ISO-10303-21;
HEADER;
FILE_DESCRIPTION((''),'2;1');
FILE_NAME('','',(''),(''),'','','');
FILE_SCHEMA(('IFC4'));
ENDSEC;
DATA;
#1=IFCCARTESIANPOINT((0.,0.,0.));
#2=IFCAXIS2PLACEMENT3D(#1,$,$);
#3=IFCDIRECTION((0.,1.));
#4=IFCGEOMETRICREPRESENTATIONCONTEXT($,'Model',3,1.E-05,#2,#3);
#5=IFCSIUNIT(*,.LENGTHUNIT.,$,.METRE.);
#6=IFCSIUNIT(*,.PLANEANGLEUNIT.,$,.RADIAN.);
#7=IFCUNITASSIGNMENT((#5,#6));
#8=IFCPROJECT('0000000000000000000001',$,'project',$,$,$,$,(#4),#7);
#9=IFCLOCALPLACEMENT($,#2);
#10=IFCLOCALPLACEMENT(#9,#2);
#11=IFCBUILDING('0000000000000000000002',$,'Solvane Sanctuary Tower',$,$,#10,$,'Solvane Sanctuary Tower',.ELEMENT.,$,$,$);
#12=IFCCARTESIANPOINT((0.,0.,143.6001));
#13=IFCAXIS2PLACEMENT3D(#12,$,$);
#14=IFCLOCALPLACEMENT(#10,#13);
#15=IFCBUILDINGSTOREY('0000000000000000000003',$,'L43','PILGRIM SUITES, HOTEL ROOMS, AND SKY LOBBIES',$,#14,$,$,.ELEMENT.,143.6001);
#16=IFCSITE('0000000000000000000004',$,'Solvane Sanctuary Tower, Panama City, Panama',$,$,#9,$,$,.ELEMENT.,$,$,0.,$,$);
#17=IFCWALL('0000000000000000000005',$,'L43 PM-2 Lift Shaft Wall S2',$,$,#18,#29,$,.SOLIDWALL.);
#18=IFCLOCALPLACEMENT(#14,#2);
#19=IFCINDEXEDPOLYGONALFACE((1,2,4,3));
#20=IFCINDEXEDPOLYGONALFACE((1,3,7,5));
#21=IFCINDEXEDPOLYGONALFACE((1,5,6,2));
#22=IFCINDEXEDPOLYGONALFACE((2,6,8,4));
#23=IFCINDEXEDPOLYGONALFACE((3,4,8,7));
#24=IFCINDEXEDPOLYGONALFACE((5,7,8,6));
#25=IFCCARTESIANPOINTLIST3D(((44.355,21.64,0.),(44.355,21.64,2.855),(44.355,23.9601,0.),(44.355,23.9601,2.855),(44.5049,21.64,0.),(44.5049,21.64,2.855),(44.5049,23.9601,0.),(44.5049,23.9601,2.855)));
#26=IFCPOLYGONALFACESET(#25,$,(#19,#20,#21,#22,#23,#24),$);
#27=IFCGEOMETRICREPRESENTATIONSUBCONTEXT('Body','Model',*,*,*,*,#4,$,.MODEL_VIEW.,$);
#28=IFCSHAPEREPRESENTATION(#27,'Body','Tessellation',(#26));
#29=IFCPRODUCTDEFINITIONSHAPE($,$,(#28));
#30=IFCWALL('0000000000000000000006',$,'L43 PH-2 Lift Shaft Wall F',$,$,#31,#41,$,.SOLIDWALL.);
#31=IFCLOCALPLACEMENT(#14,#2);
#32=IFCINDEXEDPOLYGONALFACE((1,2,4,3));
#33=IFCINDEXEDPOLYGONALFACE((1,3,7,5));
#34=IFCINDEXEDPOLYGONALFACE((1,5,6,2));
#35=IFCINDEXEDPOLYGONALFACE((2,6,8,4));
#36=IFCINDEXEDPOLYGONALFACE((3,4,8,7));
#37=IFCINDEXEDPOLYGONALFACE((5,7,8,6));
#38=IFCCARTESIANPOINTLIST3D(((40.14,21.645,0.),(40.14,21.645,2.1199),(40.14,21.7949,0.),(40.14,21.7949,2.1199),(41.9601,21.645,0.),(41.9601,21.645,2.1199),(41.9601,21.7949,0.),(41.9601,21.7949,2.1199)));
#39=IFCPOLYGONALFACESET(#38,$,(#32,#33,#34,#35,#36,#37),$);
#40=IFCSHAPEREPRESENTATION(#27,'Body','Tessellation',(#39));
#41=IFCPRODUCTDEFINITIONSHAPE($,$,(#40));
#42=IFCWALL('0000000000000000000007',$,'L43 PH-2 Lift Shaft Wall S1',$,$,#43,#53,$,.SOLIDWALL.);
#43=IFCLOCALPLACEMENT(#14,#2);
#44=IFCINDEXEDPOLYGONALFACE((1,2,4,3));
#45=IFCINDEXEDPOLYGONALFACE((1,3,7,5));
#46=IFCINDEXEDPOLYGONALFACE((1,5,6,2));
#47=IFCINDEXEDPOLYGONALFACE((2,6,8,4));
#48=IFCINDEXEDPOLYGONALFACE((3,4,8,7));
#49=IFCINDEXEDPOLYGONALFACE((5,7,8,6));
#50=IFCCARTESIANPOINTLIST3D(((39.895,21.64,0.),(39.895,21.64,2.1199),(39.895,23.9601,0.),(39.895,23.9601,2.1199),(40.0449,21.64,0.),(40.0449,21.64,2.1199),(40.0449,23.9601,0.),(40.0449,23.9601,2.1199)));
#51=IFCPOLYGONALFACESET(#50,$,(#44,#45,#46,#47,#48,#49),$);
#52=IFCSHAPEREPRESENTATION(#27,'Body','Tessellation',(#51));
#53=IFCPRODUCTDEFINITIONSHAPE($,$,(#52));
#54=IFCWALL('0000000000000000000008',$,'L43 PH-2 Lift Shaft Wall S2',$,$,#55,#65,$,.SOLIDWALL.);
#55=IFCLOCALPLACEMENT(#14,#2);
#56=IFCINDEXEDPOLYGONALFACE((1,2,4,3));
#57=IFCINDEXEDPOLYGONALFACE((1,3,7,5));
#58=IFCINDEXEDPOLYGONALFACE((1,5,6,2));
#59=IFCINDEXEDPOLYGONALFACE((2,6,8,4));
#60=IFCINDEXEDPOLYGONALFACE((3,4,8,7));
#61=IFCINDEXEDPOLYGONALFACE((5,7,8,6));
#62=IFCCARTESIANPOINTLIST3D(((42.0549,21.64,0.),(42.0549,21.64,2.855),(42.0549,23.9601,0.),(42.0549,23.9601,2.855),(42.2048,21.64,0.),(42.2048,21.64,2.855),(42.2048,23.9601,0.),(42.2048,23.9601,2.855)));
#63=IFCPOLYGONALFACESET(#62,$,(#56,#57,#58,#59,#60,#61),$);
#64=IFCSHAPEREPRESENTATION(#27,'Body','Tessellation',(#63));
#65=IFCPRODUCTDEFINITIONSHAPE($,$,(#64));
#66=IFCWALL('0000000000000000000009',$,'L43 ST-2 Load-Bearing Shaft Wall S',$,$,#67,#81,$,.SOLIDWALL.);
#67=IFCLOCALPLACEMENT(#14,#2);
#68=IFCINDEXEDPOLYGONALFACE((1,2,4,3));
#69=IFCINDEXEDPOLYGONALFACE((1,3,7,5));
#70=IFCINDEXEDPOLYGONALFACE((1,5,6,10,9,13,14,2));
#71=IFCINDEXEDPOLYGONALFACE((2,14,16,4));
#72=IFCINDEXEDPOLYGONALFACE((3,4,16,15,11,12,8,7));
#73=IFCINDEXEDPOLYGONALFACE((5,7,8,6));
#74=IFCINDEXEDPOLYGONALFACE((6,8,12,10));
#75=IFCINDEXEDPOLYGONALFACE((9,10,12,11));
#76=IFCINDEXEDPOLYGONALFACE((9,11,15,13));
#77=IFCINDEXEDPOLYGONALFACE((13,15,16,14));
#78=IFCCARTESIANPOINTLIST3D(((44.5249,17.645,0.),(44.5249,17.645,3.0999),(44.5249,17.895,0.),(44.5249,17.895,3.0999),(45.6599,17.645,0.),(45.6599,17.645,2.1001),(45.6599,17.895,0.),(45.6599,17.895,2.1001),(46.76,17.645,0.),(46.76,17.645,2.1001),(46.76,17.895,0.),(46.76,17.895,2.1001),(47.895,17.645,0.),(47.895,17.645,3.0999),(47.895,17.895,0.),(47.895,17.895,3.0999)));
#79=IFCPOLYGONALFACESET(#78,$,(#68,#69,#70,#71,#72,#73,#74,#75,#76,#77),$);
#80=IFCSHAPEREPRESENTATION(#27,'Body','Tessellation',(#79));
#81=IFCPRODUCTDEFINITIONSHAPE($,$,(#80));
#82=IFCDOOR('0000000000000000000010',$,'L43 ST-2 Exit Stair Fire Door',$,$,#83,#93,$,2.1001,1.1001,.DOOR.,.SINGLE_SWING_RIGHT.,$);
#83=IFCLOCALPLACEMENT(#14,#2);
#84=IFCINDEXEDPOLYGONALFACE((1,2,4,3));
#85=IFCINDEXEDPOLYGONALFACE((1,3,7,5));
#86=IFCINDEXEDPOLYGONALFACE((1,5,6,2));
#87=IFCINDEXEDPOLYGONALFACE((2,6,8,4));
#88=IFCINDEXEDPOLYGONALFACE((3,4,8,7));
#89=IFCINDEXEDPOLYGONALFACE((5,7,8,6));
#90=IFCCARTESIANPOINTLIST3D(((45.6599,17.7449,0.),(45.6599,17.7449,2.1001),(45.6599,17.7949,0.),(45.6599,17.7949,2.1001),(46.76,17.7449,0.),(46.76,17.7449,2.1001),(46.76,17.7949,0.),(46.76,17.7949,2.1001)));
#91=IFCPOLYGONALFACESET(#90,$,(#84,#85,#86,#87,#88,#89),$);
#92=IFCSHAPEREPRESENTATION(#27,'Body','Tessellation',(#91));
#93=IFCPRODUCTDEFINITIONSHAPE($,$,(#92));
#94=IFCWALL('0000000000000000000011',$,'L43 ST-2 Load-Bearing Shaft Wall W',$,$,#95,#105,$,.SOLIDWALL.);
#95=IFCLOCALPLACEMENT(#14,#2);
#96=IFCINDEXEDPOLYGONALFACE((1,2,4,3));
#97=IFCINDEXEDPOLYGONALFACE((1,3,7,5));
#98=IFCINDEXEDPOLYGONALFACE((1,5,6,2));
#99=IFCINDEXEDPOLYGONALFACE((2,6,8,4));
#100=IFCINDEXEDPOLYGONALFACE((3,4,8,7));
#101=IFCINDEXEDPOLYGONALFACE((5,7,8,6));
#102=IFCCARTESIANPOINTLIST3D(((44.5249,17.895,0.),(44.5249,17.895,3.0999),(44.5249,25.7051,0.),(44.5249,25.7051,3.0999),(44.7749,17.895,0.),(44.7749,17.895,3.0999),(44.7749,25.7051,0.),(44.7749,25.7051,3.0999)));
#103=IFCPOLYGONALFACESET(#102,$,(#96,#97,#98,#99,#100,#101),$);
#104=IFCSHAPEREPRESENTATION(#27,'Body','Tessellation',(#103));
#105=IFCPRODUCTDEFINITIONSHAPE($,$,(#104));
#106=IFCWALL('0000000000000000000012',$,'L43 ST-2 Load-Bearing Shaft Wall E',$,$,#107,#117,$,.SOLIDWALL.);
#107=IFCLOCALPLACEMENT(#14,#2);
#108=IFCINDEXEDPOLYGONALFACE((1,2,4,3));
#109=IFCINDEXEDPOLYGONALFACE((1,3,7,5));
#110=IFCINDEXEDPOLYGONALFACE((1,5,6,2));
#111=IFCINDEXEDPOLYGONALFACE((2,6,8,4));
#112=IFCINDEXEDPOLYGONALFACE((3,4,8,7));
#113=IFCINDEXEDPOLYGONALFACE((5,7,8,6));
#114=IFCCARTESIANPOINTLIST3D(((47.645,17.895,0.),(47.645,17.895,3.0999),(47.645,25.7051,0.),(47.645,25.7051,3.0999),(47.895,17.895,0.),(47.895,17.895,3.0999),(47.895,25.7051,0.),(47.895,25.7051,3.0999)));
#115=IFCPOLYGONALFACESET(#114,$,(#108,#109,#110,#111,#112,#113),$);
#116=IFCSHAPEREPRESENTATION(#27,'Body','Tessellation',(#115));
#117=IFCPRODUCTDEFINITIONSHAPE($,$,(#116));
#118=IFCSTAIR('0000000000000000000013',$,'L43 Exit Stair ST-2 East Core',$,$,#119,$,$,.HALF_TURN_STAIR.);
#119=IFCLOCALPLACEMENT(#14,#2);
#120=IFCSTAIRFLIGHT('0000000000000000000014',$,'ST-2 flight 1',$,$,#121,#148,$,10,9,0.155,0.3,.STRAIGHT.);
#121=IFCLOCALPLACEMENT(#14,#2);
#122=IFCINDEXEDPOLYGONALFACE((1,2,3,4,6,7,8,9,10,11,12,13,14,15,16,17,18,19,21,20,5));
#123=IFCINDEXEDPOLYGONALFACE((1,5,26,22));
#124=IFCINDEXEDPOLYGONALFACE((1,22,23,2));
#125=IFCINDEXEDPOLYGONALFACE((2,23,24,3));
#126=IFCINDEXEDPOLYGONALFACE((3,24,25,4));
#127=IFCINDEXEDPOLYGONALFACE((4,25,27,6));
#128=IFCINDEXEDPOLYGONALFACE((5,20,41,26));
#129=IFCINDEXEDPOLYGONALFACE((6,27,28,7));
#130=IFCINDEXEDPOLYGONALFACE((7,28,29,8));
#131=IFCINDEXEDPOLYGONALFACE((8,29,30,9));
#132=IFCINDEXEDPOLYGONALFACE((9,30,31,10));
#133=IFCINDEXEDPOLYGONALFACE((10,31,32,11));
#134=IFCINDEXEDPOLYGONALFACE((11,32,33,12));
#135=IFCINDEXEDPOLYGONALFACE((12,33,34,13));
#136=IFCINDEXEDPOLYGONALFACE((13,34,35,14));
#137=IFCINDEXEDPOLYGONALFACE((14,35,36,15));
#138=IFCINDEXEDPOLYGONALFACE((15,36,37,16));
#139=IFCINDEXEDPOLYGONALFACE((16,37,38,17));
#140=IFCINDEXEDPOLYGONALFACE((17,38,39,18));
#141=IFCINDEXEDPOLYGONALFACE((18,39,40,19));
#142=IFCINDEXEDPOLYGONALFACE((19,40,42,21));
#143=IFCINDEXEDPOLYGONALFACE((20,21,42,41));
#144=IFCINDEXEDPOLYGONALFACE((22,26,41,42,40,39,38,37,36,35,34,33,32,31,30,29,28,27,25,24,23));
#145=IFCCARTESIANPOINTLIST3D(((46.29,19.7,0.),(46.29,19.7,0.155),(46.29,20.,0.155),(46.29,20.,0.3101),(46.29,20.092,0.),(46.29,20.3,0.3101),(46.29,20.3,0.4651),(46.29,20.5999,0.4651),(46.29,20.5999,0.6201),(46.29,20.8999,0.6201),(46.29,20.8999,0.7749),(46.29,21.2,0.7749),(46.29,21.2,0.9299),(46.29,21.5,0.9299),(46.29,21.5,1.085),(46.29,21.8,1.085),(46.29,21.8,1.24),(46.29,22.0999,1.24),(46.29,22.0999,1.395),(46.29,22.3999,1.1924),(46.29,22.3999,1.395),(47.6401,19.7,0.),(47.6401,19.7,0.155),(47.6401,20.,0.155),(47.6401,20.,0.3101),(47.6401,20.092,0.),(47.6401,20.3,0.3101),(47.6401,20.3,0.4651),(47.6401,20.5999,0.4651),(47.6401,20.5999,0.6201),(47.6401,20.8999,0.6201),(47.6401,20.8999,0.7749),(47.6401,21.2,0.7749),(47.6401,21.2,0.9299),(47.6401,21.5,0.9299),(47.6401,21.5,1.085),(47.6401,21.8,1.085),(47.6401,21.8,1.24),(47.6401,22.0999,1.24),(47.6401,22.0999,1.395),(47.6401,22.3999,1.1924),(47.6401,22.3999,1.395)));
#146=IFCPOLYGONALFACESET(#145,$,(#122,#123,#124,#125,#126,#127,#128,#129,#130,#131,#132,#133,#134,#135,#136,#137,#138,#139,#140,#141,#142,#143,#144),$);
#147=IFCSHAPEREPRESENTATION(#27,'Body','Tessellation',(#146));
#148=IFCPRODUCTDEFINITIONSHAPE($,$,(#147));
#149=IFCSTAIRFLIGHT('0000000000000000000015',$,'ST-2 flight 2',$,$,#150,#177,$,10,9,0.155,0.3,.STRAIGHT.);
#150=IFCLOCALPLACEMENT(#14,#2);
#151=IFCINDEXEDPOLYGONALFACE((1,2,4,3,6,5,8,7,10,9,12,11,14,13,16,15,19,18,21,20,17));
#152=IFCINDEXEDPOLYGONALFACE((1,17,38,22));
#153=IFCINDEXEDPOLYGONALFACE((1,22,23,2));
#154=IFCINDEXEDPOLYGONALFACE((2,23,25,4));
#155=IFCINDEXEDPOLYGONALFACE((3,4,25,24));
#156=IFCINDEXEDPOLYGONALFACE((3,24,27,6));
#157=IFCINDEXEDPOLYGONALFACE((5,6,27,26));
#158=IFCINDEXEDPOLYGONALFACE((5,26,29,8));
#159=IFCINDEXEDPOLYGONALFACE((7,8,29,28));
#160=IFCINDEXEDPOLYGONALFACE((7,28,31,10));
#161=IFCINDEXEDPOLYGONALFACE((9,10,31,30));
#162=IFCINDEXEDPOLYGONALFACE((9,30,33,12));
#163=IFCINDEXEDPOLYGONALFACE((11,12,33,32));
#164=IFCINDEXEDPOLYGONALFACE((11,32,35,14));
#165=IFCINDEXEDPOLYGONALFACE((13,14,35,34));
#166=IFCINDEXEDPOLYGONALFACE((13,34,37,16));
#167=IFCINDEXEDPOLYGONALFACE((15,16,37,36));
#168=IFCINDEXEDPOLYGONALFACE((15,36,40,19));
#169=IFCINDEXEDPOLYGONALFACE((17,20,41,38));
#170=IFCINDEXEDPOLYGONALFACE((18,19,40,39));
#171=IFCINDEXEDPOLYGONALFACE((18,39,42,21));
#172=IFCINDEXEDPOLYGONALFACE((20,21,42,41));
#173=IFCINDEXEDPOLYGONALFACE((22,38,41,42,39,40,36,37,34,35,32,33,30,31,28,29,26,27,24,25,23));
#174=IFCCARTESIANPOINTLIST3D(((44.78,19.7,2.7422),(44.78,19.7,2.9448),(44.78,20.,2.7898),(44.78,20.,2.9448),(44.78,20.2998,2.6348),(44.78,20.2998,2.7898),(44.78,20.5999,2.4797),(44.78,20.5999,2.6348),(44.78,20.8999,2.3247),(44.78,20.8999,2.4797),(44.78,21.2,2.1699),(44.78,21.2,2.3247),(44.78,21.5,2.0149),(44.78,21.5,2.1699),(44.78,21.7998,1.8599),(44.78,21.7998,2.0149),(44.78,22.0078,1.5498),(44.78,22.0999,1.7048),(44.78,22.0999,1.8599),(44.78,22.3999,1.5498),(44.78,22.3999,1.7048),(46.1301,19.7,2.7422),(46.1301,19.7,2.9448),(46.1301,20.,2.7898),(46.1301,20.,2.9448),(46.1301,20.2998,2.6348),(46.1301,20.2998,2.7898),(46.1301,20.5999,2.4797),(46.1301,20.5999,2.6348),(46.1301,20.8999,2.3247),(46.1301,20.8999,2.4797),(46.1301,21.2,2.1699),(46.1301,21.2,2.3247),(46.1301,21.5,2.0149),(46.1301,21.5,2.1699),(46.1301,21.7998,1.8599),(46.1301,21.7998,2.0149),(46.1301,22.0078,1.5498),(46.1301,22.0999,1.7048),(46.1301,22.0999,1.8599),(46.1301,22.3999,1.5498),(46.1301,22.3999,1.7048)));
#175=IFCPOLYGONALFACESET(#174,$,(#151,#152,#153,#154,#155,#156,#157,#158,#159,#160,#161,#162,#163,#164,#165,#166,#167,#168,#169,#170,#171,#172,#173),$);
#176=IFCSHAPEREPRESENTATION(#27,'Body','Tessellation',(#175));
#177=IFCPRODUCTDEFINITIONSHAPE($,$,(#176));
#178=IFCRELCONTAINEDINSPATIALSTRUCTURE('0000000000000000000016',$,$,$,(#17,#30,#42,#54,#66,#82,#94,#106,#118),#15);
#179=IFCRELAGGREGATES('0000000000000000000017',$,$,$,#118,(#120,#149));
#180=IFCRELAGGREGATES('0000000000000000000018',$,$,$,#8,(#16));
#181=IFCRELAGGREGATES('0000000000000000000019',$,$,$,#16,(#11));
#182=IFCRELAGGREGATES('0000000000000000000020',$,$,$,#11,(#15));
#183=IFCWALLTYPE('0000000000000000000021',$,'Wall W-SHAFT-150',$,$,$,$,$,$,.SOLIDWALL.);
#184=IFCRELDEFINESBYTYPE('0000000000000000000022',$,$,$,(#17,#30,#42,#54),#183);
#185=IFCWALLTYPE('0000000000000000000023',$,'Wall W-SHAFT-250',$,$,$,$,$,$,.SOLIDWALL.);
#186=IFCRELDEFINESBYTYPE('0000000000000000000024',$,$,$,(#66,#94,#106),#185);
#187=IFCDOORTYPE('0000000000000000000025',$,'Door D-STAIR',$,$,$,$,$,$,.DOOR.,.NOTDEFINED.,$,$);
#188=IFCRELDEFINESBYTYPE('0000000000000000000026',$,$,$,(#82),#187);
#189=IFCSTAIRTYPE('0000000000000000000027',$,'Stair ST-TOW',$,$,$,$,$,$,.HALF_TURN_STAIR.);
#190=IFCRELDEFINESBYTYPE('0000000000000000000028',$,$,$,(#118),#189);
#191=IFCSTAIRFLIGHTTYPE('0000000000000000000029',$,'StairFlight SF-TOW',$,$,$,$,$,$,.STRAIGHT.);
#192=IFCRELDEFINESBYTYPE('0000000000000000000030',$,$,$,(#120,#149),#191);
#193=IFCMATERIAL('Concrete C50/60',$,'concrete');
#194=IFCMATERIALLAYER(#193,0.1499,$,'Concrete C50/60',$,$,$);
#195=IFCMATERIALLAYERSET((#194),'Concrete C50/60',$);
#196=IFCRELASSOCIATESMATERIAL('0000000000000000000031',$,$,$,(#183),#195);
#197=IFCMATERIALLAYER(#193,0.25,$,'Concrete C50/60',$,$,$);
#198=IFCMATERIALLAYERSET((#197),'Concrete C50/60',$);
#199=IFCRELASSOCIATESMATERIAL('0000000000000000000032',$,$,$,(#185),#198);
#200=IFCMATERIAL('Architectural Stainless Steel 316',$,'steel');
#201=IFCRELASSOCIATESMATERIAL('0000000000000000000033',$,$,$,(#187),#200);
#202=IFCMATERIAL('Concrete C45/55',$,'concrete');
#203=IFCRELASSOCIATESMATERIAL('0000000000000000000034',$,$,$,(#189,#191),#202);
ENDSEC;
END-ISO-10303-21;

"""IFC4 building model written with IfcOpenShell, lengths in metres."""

from ifc_helpers import new_model, si_unit, direction, frame, frame_2d, origin, place, context, subcontext, project, spatial, polyline, rectangle, outline, extrude, material, layer, layer_set, type_object, element, fill, aggregate, save


model = new_model("IFC4")

# Units and contexts
model_context = context("Model", 3, precision=1e-05, world=origin(), true_north=direction((0.0, 1.0)))
body_context = subcontext(model_context, "Body", "Model", "MODEL_VIEW")
ifc_project = project(units=[si_unit("LENGTHUNIT", "METRE"), si_unit("PLANEANGLEUNIT", "RADIAN")], contexts=[model_context])

# Site, building, storey
site_placement = place(None, origin())
site = spatial("IfcSite", under=ifc_project, at=site_placement, Name="Solvane Sanctuary Tower, Panama City, Panama", CompositionType="ELEMENT", RefElevation=0.0)
building_placement = place(site_placement, origin())
building = spatial("IfcBuilding", under=site, at=building_placement, Name="Solvane Sanctuary Tower", LongName="Solvane Sanctuary Tower", CompositionType="ELEMENT")
storey_placement = place(building_placement, frame((0.0, 0.0, 143.6001)))
storey = spatial("IfcBuildingStorey", under=building, at=storey_placement, Name="L43", Description="PILGRIM SUITES, HOTEL ROOMS, AND SKY LOBBIES", CompositionType="ELEMENT", Elevation=143.6001)

# Shared definitions
ifc_material_1 = material(Name="Architectural Stainless Steel 316", Category="steel")
ifc_material_2 = material(Name="Concrete C50/60", Category="concrete")
ifc_layer_1 = layer(ifc_material_2, 0.1499, Name="Concrete C50/60")
ifc_layer_set_1 = layer_set([ifc_layer_1], Name="Concrete C50/60")
wall_type_1 = type_object("IfcWallType", Name="Wall W-SHAFT-150", PredefinedType="SOLIDWALL", material=ifc_layer_set_1)

# Walls
for number, where, z_axis, x_axis, name in (
    (1, (44.4299, 21.6399, 0.0), (0.0, 0.0, 1.0), (0.0, 1.0, 0.0), "L43 PM-2 Lift Shaft Wall S2"),
):
    element("IfcWall", number, at=place(storey_placement, frame(where, z_axis=z_axis, x_axis=x_axis)), inside=storey, type_object=wall_type_1, Name=name, PredefinedType="SOLIDWALL", context=body_context, shape_type="SweptSolid", body=[
        extrude(rectangle(XDim=2.3201, YDim=0.1499, at=frame_2d((1.1602, 0.0))), origin(), (0.0, 0.0, 1.0), 2.855),
    ])
wall_1_placement = place(storey_placement, frame((40.1399, 21.72, 0.0), z_axis=(0.0, 0.0, 1.0), x_axis=(1.0, 0.0, 0.0)))
element("IfcWall", 2, at=wall_1_placement, inside=storey, type_object=wall_type_1, Name="L43 PH-2 Lift Shaft Wall F", PredefinedType="SOLIDWALL", context=body_context, shape_type="SweptSolid", body=[
    extrude(rectangle(XDim=1.8201, YDim=0.1499, at=frame_2d((0.9102, 0.0))), origin(), (0.0, 0.0, 1.0), 2.1199),
])
wall_2_placement = place(storey_placement, frame((39.97, 21.6399, 0.0), z_axis=(0.0, 0.0, 1.0), x_axis=(0.0, 1.0, 0.0)))
element("IfcWall", 3, at=wall_2_placement, inside=storey, type_object=wall_type_1, Name="L43 PH-2 Lift Shaft Wall S1", PredefinedType="SOLIDWALL", context=body_context, shape_type="SweptSolid", body=[
    extrude(rectangle(XDim=2.3201, YDim=0.1499, at=frame_2d((1.1602, 0.0))), origin(), (0.0, 0.0, 1.0), 2.1199),
])
wall_3_placement = place(storey_placement, frame((42.1299, 21.6399, 0.0), z_axis=(0.0, 0.0, 1.0), x_axis=(0.0, 1.0, 0.0)))
element("IfcWall", 4, at=wall_3_placement, inside=storey, type_object=wall_type_1, Name="L43 PH-2 Lift Shaft Wall S2", PredefinedType="SOLIDWALL", context=body_context, shape_type="SweptSolid", body=[
    extrude(rectangle(XDim=2.3201, YDim=0.1499, at=frame_2d((1.1602, 0.0))), origin(), (0.0, 0.0, 1.0), 2.855),
])

# Wall, opening, door
ifc_layer_2 = layer(ifc_material_2, 0.25, Name="Concrete C50/60")
ifc_layer_set_2 = layer_set([ifc_layer_2], Name="Concrete C50/60")
wall_type_2 = type_object("IfcWallType", Name="Wall W-SHAFT-250", PredefinedType="SOLIDWALL", material=ifc_layer_set_2)
wall_4_placement = place(storey_placement, frame((44.5249, 17.77, 0.0), z_axis=(0.0, 0.0, 1.0), x_axis=(1.0, 0.0, 0.0)))
wall_4 = element("IfcWall", 5, at=wall_4_placement, inside=storey, type_object=wall_type_2, Name="L43 ST-2 Load-Bearing Shaft Wall S", PredefinedType="SOLIDWALL", context=body_context, shape_type="SweptSolid", body=[
    extrude(rectangle(XDim=3.3701, YDim=0.25, at=frame_2d((1.6851, 0.0))), origin(), (0.0, 0.0, 1.0), 3.0999),
])
opening_1_placement = place(wall_4_placement, frame((1.135, 0.0, 0.0)))
opening_1 = element("IfcOpeningElement", 6, at=opening_1_placement, cuts=wall_4, PredefinedType="OPENING", context=body_context, shape_type="SweptSolid", body=[
    extrude(rectangle(XDim=1.1001, YDim=2.1001, at=frame_2d((0.55, 1.05))), frame((0.0, 0.135, 0.0), z_axis=(0.0, -1.0, 0.0), x_axis=(1.0, 0.0, 0.0)), (0.0, 0.0, 1.0), 0.27),
])
door_type_1 = type_object("IfcDoorType", Name="Door D-STAIR", OperationType="NOTDEFINED", PredefinedType="DOOR", material=ifc_material_1)
door_1_placement = place(opening_1_placement, origin())
door_1 = element("IfcDoor", 7, at=door_1_placement, inside=storey, type_object=door_type_1, Name="L43 ST-2 Exit Stair Fire Door", OperationType="SINGLE_SWING_RIGHT", OverallHeight=2.1001, OverallWidth=1.1001, PredefinedType="DOOR", context=body_context, shape_type="SweptSolid", body=[
    extrude(rectangle(XDim=1.1001, YDim=2.1001, at=frame_2d((0.55, 1.05))), frame((0.0, 0.0249, 0.0), z_axis=(0.0, -1.0, 0.0), x_axis=(1.0, 0.0, 0.0)), (0.0, 0.0, 1.0), 0.05),
])
fill(opening_1, door_1)

# Walls
for number, where, z_axis, x_axis, name in (
    (8, (44.6499, 17.895, 0.0), (0.0, 0.0, 1.0), (0.0, 1.0, 0.0), "L43 ST-2 Load-Bearing Shaft Wall W"),
    (9, (47.77, 17.895, 0.0), (0.0, 0.0, 1.0), (0.0, 1.0, 0.0), "L43 ST-2 Load-Bearing Shaft Wall E"),
):
    element("IfcWall", number, at=place(storey_placement, frame(where, z_axis=z_axis, x_axis=x_axis)), inside=storey, type_object=wall_type_2, Name=name, PredefinedType="SOLIDWALL", context=body_context, shape_type="SweptSolid", body=[
        extrude(rectangle(XDim=7.8101, YDim=0.25, at=frame_2d((3.905, 0.0))), origin(), (0.0, 0.0, 1.0), 3.0999),
    ])

# Stair, stair flights
ifc_material_3 = material(Name="Concrete C45/55", Category="concrete")
stair_type = type_object("IfcStairType", Name="Stair ST-TOW", PredefinedType="HALF_TURN_STAIR", material=ifc_material_3)
stair_placement = place(storey_placement, origin())
stair = element("IfcStair", 10, at=stair_placement, inside=storey, type_object=stair_type, Name="L43 Exit Stair ST-2 East Core", PredefinedType="HALF_TURN_STAIR")
stair_flight_type = type_object("IfcStairFlightType", Name="StairFlight SF-TOW", PredefinedType="STRAIGHT", material=ifc_material_3)
stair_flight_1_placement = place(storey_placement, frame((46.9651, 19.7, 0.0), z_axis=(0.0, 0.0, 1.0), x_axis=(0.0, 1.0, 0.0)))
stair_flight_1 = element("IfcStairFlight", 11, at=stair_flight_1_placement, type_object=stair_flight_type, Name="ST-2 flight 1", NumberOfRisers=10, NumberOfTreads=9, PredefinedType="STRAIGHT", RiserHeight=0.155, TreadLength=0.3, context=body_context, shape_type="SweptSolid", body=[
    extrude(outline(polyline([(0.0, 0.0), (0.0, 0.155), (0.3, 0.155), (0.3, 0.3101), (0.6001, 0.3101), (0.6001, 0.4651), (0.8999, 0.4651), (0.8999, 0.6201), (1.2, 0.6201), (1.2, 0.7749), (1.5, 0.7749), (1.5, 0.9299), (1.8, 0.9299), (1.8, 1.085), (2.1001, 1.085), (2.1001, 1.24), (2.3999, 1.24), (2.3999, 1.395), (2.7, 1.395), (2.7, 1.55), (2.7, 1.1924), (0.3921, 0.0), (0.0, 0.0)])), frame((0.0, 0.675, 0.0), z_axis=(0.0, -1.0, 0.0), x_axis=(1.0, 0.0, 0.0)), (0.0, 0.0, 1.0), 1.3501),
])
stair_flight_2_placement = place(storey_placement, frame((45.4551, 22.3999, 1.5498), z_axis=(0.0, 0.0, 1.0), x_axis=(0.0, -1.0, 0.0)))
stair_flight_2 = element("IfcStairFlight", 12, at=stair_flight_2_placement, type_object=stair_flight_type, Name="ST-2 flight 2", NumberOfRisers=10, NumberOfTreads=9, PredefinedType="STRAIGHT", RiserHeight=0.155, TreadLength=0.3, context=body_context, shape_type="SweptSolid", body=[
    extrude(outline(polyline([(0.0, 0.0), (0.0, 0.155), (0.3, 0.155), (0.3, 0.3101), (0.6001, 0.3101), (0.6001, 0.4651), (0.8999, 0.4651), (0.8999, 0.6201), (1.2, 0.6201), (1.2, 0.7749), (1.5, 0.7749), (1.5, 0.9299), (1.8, 0.9299), (1.8, 1.085), (2.1001, 1.085), (2.1001, 1.24), (2.3999, 1.24), (2.3999, 1.395), (2.7, 1.395), (2.7, 1.55), (2.7, 1.1924), (0.3921, 0.0), (0.0, 0.0)])), frame((0.0, 0.675, 0.0), z_axis=(0.0, -1.0, 0.0), x_axis=(1.0, 0.0, 0.0)), (0.0, 0.0, 1.0), 1.3501),
])
aggregate(stair, [stair_flight_1, stair_flight_2])

save(model, "model.ifc")
